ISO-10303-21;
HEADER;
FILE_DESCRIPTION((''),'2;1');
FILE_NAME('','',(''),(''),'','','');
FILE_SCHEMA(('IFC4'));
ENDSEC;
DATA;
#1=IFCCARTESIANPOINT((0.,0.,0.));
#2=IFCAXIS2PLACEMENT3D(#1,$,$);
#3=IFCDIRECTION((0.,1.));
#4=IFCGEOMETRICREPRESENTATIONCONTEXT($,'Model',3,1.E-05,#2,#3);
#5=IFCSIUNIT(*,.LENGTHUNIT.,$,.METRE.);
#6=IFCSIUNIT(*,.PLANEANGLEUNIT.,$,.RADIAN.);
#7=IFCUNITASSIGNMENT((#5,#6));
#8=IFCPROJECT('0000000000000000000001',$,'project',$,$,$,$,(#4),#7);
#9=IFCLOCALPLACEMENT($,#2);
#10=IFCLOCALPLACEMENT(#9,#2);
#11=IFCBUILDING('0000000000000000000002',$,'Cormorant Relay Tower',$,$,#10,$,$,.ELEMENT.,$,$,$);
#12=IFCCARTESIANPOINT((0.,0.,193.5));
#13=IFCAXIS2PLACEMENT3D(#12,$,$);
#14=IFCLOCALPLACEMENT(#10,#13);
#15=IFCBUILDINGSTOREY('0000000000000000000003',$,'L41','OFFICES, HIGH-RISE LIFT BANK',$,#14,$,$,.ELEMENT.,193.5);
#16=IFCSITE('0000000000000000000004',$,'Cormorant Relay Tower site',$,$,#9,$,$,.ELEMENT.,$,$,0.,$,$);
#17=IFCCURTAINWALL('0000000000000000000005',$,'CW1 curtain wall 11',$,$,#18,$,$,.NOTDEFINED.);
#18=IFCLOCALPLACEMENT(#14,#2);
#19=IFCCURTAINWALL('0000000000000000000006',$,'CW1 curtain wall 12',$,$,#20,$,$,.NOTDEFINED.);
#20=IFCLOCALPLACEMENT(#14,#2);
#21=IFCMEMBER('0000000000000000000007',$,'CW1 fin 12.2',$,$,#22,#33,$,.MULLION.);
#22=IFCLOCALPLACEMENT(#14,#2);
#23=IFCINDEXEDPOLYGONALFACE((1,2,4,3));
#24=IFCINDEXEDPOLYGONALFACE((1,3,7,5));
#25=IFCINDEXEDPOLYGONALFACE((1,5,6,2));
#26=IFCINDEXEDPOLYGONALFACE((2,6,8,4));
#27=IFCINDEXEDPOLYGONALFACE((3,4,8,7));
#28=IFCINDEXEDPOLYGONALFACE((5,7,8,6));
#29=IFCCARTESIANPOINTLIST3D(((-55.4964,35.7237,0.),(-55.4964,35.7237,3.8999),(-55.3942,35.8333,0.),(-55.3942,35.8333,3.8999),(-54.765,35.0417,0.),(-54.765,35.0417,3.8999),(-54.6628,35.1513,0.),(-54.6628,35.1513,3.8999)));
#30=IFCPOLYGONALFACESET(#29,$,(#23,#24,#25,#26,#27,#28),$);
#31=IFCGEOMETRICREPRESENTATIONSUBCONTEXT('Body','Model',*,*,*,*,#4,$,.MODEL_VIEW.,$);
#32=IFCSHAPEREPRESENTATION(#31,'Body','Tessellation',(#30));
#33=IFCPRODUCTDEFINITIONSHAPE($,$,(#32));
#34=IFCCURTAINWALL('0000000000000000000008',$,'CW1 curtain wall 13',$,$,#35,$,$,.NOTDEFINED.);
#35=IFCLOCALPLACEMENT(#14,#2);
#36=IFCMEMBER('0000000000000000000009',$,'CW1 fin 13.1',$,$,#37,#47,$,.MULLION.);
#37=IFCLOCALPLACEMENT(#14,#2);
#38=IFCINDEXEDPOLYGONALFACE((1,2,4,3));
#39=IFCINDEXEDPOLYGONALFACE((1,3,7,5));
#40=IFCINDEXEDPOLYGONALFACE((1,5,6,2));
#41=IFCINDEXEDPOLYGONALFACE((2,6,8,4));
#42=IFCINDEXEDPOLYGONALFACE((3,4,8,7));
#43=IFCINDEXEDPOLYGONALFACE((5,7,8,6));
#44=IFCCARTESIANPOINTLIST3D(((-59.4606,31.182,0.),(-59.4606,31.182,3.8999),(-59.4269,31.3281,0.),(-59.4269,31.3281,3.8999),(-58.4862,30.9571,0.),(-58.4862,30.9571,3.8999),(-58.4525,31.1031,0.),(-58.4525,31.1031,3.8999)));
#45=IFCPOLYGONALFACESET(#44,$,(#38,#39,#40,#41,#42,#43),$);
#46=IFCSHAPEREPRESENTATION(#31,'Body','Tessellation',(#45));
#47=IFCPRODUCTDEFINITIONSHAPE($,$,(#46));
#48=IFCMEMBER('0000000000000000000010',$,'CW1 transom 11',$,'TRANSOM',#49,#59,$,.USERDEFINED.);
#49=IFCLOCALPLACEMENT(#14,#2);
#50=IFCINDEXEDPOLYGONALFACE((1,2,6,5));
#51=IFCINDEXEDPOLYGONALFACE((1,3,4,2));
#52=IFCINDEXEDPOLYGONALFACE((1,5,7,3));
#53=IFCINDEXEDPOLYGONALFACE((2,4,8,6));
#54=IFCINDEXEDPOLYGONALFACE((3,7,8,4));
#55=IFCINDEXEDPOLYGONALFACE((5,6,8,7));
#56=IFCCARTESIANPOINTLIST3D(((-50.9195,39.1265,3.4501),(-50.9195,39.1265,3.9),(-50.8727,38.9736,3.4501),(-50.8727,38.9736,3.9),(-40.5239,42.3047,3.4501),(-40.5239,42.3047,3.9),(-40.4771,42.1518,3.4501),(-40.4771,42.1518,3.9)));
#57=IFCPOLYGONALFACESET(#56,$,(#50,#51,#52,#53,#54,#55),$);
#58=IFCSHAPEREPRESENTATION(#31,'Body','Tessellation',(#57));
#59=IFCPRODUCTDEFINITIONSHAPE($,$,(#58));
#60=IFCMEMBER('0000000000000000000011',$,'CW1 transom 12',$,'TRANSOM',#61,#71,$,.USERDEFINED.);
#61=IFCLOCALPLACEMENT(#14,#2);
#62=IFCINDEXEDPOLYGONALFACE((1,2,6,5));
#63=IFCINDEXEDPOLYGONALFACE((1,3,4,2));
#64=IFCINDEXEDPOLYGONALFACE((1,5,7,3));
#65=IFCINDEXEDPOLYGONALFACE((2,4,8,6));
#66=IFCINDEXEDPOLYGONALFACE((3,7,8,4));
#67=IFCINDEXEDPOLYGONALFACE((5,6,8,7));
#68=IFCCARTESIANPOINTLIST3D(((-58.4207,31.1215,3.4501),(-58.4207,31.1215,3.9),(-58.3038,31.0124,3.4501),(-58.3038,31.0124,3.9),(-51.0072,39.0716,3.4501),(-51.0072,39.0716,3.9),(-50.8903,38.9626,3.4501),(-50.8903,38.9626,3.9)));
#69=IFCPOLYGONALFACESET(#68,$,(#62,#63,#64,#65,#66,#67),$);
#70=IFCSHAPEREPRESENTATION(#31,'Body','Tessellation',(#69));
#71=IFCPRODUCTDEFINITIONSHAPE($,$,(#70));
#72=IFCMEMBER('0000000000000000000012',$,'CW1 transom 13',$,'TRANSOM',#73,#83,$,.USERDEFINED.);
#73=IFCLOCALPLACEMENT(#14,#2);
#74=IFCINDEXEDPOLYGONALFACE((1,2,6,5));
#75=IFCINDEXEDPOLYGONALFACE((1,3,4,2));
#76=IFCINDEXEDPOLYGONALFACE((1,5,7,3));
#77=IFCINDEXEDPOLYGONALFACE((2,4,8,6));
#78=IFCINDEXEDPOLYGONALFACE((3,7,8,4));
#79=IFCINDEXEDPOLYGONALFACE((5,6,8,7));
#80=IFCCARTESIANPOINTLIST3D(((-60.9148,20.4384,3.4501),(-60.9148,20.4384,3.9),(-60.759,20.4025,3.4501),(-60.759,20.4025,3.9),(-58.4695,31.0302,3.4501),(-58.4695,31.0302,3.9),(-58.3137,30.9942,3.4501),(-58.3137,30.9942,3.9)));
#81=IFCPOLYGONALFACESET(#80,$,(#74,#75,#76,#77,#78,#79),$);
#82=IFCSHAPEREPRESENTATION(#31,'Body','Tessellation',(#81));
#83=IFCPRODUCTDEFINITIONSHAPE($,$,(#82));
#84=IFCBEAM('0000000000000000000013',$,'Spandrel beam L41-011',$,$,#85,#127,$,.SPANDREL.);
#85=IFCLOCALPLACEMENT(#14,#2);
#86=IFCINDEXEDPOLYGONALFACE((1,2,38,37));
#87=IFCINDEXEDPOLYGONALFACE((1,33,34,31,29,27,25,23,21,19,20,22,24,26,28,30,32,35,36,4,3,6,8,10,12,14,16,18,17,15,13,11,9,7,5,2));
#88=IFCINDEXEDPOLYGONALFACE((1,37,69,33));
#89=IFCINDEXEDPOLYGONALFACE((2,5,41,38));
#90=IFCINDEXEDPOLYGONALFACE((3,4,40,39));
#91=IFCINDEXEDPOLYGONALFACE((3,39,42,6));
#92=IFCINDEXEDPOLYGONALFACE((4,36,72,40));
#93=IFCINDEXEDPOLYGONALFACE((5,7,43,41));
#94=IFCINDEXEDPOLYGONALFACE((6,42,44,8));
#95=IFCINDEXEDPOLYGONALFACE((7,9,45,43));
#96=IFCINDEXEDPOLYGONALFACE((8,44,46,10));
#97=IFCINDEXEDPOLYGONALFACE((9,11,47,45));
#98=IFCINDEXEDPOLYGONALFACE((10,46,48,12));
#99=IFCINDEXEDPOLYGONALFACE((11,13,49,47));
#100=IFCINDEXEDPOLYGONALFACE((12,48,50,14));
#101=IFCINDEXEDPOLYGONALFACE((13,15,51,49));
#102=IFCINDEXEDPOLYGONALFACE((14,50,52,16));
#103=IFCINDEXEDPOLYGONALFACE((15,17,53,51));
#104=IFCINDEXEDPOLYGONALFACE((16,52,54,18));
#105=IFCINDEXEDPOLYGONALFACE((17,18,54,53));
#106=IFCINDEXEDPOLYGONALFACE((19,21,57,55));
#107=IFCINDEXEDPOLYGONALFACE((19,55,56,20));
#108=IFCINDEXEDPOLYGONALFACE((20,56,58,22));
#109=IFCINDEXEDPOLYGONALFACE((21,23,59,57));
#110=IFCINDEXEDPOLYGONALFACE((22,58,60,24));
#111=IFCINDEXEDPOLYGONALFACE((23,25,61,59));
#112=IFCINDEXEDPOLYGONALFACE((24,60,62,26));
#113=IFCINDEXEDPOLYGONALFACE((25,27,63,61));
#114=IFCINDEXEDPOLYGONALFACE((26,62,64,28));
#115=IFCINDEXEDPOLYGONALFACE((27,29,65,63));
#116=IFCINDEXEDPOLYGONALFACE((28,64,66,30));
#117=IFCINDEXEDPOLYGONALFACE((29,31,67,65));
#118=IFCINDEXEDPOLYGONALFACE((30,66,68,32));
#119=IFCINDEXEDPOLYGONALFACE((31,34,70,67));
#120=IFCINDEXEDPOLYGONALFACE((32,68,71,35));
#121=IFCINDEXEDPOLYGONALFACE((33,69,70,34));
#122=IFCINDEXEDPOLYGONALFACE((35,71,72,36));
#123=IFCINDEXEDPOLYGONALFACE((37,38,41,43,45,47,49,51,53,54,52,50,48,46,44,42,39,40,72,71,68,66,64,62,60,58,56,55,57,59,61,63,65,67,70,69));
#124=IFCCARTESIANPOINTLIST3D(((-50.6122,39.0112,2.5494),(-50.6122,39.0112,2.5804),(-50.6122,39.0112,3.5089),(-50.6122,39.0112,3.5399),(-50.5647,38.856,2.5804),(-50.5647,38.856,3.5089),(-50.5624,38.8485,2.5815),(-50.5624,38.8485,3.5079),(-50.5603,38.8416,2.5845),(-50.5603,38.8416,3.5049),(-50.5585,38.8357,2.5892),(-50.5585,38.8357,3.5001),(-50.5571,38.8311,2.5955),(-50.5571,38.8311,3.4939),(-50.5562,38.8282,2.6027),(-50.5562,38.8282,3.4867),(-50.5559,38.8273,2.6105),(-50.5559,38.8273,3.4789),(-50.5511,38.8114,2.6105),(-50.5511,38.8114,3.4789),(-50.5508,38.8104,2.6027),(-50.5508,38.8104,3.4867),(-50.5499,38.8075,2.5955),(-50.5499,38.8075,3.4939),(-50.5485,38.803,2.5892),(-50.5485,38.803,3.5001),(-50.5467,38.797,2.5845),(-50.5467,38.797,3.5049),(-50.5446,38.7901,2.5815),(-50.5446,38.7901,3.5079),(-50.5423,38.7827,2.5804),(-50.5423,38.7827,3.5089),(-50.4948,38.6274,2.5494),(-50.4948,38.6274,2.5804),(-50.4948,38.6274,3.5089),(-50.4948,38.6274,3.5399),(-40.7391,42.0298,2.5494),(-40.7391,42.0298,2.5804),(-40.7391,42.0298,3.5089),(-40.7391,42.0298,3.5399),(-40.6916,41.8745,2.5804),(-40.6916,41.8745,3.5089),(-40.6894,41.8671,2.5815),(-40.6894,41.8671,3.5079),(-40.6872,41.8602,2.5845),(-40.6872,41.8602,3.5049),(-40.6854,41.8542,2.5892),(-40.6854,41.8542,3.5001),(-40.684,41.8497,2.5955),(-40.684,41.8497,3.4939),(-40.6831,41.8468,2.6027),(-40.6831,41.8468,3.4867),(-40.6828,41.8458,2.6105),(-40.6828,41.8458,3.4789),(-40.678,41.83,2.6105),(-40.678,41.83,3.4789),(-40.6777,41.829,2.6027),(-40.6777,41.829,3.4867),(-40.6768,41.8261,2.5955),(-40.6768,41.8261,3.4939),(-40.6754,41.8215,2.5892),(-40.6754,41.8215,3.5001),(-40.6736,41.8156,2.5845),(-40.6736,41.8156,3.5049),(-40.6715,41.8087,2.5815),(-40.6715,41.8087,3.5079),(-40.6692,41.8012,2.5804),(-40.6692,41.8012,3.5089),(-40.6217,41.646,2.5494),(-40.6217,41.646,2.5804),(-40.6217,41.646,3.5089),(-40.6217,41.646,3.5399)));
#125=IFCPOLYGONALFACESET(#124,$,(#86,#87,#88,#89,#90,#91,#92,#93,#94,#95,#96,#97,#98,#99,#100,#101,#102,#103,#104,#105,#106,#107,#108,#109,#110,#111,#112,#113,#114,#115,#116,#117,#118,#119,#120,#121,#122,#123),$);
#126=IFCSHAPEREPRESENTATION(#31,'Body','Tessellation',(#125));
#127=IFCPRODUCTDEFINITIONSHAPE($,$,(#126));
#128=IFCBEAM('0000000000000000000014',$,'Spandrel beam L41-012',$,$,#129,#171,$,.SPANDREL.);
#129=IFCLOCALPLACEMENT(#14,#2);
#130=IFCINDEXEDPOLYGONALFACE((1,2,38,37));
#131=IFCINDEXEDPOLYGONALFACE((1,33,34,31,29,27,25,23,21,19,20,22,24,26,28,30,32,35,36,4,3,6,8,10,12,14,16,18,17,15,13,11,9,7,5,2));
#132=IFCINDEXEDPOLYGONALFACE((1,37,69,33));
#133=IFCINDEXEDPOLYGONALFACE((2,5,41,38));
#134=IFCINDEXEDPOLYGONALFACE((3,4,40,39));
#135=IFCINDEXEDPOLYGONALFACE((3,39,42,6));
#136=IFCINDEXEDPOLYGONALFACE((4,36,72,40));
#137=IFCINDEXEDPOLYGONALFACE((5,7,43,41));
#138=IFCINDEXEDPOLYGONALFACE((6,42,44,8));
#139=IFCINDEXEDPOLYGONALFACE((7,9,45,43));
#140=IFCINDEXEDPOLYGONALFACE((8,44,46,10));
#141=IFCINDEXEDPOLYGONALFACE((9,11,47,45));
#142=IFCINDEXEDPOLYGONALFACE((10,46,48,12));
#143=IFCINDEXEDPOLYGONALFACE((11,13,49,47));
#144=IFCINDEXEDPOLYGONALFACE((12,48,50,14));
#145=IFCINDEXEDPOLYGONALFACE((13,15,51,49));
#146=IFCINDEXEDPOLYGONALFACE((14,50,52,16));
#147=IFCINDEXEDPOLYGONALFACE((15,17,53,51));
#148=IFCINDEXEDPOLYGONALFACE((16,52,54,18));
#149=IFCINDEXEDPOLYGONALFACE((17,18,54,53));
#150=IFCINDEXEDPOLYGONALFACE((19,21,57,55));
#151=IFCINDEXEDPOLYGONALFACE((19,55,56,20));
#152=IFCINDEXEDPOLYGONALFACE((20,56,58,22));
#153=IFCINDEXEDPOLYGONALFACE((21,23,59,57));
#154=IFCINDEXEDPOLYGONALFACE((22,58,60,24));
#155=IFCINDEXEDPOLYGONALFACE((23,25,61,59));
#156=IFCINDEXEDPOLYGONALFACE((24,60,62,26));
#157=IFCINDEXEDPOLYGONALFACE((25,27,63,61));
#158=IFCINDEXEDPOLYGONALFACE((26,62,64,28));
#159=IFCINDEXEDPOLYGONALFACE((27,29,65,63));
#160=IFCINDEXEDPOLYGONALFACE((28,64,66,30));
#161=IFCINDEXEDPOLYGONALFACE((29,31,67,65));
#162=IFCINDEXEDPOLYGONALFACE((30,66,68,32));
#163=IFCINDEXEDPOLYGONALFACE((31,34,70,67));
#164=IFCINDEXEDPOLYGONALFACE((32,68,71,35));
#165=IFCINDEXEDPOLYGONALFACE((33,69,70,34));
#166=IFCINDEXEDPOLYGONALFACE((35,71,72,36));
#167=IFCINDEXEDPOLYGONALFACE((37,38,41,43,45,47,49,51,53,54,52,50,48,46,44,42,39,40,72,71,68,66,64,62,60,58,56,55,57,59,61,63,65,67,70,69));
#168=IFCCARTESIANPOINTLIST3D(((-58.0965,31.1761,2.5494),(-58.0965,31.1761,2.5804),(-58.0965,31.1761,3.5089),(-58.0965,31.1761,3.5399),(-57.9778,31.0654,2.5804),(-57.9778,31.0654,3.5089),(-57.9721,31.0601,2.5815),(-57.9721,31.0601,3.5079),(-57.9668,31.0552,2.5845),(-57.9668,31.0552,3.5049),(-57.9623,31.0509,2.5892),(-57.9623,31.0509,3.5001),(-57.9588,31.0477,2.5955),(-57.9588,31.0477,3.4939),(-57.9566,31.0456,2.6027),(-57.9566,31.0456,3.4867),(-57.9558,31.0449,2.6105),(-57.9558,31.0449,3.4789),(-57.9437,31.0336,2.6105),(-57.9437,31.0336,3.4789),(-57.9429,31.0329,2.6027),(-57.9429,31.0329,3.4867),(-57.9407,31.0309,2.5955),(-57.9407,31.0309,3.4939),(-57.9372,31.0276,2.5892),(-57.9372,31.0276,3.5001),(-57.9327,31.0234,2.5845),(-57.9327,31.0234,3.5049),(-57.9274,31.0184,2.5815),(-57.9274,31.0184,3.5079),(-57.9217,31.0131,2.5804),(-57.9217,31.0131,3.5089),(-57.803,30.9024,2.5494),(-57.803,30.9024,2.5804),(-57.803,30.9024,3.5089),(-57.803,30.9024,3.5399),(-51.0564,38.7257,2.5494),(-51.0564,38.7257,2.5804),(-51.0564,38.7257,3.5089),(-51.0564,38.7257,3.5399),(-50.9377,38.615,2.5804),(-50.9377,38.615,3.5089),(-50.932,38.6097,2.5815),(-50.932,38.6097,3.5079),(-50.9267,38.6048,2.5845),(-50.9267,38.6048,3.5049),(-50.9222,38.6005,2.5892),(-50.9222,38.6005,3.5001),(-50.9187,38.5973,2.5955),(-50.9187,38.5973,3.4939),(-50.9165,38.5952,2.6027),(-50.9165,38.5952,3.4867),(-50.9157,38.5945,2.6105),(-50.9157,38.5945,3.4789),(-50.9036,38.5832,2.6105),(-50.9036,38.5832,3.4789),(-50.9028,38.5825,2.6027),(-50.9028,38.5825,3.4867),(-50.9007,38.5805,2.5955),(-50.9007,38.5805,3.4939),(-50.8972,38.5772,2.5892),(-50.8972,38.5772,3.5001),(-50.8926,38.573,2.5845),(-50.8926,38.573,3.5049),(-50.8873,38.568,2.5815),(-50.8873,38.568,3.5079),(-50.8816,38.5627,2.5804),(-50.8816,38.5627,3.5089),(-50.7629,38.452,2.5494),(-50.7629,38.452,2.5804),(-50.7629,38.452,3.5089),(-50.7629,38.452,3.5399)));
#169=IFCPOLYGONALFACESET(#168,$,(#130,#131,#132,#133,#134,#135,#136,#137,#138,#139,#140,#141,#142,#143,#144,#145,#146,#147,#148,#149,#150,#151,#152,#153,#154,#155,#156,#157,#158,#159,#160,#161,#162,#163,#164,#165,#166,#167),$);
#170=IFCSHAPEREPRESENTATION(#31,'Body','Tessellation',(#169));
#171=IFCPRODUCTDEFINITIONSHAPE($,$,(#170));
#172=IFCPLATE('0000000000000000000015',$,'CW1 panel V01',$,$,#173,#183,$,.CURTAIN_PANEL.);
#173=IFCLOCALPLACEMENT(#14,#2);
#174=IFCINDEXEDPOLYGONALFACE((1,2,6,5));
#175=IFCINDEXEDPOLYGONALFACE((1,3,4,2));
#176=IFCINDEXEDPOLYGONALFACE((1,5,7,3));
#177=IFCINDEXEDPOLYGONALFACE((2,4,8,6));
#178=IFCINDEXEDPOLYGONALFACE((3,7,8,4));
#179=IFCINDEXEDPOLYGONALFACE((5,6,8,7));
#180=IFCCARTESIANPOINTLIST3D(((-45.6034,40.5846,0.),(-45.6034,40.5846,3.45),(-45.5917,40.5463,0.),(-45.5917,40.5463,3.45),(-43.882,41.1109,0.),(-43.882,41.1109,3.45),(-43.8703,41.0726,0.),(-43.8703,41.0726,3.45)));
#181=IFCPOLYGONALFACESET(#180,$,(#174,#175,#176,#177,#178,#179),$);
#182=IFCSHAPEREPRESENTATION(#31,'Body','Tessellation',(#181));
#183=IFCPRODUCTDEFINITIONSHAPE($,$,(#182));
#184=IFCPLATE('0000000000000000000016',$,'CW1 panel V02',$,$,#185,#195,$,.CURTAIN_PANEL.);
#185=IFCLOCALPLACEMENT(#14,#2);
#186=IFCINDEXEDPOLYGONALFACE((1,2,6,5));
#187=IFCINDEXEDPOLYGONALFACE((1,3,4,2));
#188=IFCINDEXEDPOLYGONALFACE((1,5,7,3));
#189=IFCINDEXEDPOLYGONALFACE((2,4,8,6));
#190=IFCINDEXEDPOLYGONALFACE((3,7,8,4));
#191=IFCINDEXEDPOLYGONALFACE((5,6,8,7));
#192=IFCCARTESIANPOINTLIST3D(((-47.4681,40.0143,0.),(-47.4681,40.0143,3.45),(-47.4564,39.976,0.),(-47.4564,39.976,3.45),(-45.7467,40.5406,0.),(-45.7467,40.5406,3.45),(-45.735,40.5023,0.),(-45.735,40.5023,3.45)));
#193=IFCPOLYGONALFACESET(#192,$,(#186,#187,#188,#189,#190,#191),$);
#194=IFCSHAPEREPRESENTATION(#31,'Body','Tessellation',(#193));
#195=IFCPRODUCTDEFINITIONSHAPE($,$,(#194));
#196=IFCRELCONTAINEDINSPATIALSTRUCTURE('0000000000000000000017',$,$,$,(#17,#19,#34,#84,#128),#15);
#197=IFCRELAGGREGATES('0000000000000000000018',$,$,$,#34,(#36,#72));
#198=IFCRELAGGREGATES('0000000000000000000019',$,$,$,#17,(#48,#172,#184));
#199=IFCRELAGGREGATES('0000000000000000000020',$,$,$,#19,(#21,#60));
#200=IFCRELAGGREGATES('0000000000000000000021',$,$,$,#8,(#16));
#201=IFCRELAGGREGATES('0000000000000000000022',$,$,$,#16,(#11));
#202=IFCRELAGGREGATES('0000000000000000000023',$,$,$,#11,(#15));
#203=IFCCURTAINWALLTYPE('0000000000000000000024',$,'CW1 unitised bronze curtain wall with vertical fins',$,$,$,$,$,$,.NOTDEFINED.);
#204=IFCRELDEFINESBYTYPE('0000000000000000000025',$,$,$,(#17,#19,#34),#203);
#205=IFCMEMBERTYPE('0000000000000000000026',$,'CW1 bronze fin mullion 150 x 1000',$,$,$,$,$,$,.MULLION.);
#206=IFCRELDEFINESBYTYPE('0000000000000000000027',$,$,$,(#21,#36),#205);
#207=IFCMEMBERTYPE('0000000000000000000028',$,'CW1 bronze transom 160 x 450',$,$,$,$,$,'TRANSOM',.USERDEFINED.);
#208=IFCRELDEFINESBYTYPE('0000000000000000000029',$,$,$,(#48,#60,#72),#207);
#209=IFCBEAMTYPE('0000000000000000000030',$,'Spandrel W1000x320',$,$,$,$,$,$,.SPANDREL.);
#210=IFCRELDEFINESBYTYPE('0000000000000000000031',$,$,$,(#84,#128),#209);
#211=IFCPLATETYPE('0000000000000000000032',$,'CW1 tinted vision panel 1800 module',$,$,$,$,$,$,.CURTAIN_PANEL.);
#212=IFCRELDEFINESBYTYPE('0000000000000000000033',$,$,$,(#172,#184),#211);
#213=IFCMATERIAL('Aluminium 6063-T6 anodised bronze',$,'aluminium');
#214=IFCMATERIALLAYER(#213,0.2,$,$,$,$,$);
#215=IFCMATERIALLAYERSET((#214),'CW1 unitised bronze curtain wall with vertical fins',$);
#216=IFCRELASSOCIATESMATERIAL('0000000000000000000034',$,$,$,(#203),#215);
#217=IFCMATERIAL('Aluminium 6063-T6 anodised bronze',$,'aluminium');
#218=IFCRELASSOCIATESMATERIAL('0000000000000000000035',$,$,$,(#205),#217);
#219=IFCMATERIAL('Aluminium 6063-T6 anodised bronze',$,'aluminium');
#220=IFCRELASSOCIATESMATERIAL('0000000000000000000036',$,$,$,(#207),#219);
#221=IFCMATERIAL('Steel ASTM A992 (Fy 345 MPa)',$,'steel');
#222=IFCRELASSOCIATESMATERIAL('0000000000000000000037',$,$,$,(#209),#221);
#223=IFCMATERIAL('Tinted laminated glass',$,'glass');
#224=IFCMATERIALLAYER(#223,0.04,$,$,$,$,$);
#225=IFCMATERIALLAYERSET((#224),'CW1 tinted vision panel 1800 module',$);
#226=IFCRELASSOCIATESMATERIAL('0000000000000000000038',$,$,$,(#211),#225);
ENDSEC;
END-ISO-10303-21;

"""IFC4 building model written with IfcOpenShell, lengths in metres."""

from ifc_helpers import new_model, si_unit, direction, frame, origin, origin_2d, place, context, subcontext, project, spatial, rectangle, i_section, extrude, material, layer, layer_set, material_profile, profile_set, type_object, element, aggregate, save


model = new_model("IFC4")

# Units and contexts
model_context = context("Model", 3, precision=1e-05, world=origin(), true_north=direction((0.0, 1.0)))
body_context = subcontext(model_context, "Body", "Model", "MODEL_VIEW")
ifc_project = project(units=[si_unit("LENGTHUNIT", "METRE"), si_unit("PLANEANGLEUNIT", "RADIAN")], contexts=[model_context])

# Site, building, storey
site_placement = place(None, origin())
site = spatial("IfcSite", under=ifc_project, at=site_placement, Name="Cormorant Relay Tower site", CompositionType="ELEMENT", RefElevation=0.0)
building_placement = place(site_placement, origin())
building = spatial("IfcBuilding", under=site, at=building_placement, Name="Cormorant Relay Tower", CompositionType="ELEMENT")
storey_placement = place(building_placement, frame((0.0, 0.0, 193.5)))
storey = spatial("IfcBuildingStorey", under=building, at=storey_placement, Name="L41", Description="OFFICES, HIGH-RISE LIFT BANK", CompositionType="ELEMENT", Elevation=193.5)

# Shared definitions
ifc_material_1 = material(Name="Aluminium 6063-T6 anodised bronze", Category="aluminium")
ifc_layer_1 = layer(ifc_material_1, 0.2)
ifc_layer_set_1 = layer_set([ifc_layer_1], Name="CW1 unitised bronze curtain wall with vertical fins")
curtain_wall_type = type_object("IfcCurtainWallType", Name="CW1 unitised bronze curtain wall with vertical fins", PredefinedType="NOTDEFINED", material=ifc_layer_set_1)
ifc_material_2 = material(Name="Aluminium 6063-T6 anodised bronze", Category="aluminium")
ifc_material_profile_1 = material_profile(ifc_material_2, rectangle(XDim=0.1499, YDim=1.0, at=origin_2d()), Name="AL 150x1000")
ifc_profile_set_1 = profile_set([ifc_material_profile_1], Name="Aluminium 6063-T6 anodised bronze")
member_type_1 = type_object("IfcMemberType", Name="CW1 bronze fin mullion 150 x 1000", PredefinedType="MULLION", material=ifc_profile_set_1)

# Curtain walls, member
curtain_wall_1_placement = place(storey_placement, origin())
curtain_wall_1 = element("IfcCurtainWall", 1, at=curtain_wall_1_placement, inside=storey, type_object=curtain_wall_type, Name="CW1 curtain wall 11", PredefinedType="NOTDEFINED")
curtain_wall_2_placement = place(storey_placement, origin())
curtain_wall_2 = element("IfcCurtainWall", 2, at=curtain_wall_2_placement, inside=storey, type_object=curtain_wall_type, Name="CW1 curtain wall 12", PredefinedType="NOTDEFINED")
member_1_placement = place(storey_placement, frame((-55.0796, 35.4375, 0.0), z_axis=(0.0, 0.0, 1.0), x_axis=(-0.681998, -0.731354, 0.0)))
member_1 = element("IfcMember", 3, at=member_1_placement, type_object=member_type_1, Name="CW1 fin 12.2", PredefinedType="MULLION", context=body_context, shape_type="SweptSolid", body=[
    extrude(rectangle(XDim=0.1499, YDim=1.0, at=origin_2d()), origin(), (0.0, 0.0, 1.0), 3.8999),
])

# Curtain wall, member
curtain_wall_3_placement = place(storey_placement, origin())
curtain_wall_3 = element("IfcCurtainWall", 4, at=curtain_wall_3_placement, inside=storey, type_object=curtain_wall_type, Name="CW1 curtain wall 13", PredefinedType="NOTDEFINED")
member_2_placement = place(storey_placement, frame((-58.9565, 31.1426, 0.0), z_axis=(0.0, 0.0, 1.0), x_axis=(-0.224951, -0.97437, 0.0)))
member_2 = element("IfcMember", 5, at=member_2_placement, type_object=member_type_1, Name="CW1 fin 13.1", PredefinedType="MULLION", context=body_context, shape_type="SweptSolid", body=[
    extrude(rectangle(XDim=0.1499, YDim=1.0, at=origin_2d()), origin(), (0.0, 0.0, 1.0), 3.8999),
])

# Members
ifc_material_3 = material(Name="Aluminium 6063-T6 anodised bronze", Category="aluminium")
ifc_material_profile_2 = material_profile(ifc_material_3, rectangle(XDim=0.1599, YDim=0.45, at=origin_2d()), Name="AL 160x450")
ifc_profile_set_2 = profile_set([ifc_material_profile_2], Name="Aluminium 6063-T6 anodised bronze")
member_type_2 = type_object("IfcMemberType", Name="CW1 bronze transom 160 x 450", ElementType="TRANSOM", PredefinedType="USERDEFINED", material=ifc_profile_set_2)
member_3_placement = place(storey_placement, frame((-40.5005, 42.2283, 3.675), z_axis=(-0.956305, -0.292371, 0.0), x_axis=(0.292371, -0.956305, 0.0)))
member_3 = element("IfcMember", 6, at=member_3_placement, type_object=member_type_2, Name="CW1 transom 11", ObjectType="TRANSOM", PredefinedType="USERDEFINED", context=body_context, shape_type="SweptSolid", body=[
    extrude(rectangle(XDim=0.1599, YDim=0.45, at=origin_2d()), origin(), (0.0, 0.0, 1.0), 10.8706),
])
member_4_placement = place(storey_placement, frame((-50.9487, 39.0171, 3.675), z_axis=(-0.681993, -0.731358, 0.0), x_axis=(0.731358, -0.681993, 0.0)))
member_4 = element("IfcMember", 7, at=member_4_placement, type_object=member_type_2, Name="CW1 transom 12", ObjectType="TRANSOM", PredefinedType="USERDEFINED", context=body_context, shape_type="SweptSolid", body=[
    extrude(rectangle(XDim=0.1599, YDim=0.45, at=origin_2d()), origin(), (0.0, 0.0, 1.0), 10.8704),
])
member_5_placement = place(storey_placement, frame((-58.3916, 31.0122, 3.675), z_axis=(-0.224951, -0.97437, 0.0), x_axis=(0.97437, -0.224951, 0.0)))
member_5 = element("IfcMember", 8, at=member_5_placement, type_object=member_type_2, Name="CW1 transom 13", ObjectType="TRANSOM", PredefinedType="USERDEFINED", context=body_context, shape_type="SweptSolid", body=[
    extrude(rectangle(XDim=0.1599, YDim=0.45, at=origin_2d()), origin(), (0.0, 0.0, 1.0), 10.8704),
])
aggregate(curtain_wall_3, [member_2, member_5])

# Beams
ifc_material_4 = material(Name="Steel ASTM A992 (Fy 345 MPa)", Category="steel")
ifc_material_profile_3 = material_profile(ifc_material_4, i_section(OverallWidth=0.4014, OverallDepth=0.9905, WebThickness=0.0166, FlangeThickness=0.031, FilletRadius=0.03, at=origin_2d()), Name="W1000x320")
ifc_profile_set_3 = profile_set([ifc_material_profile_3], Name="Steel ASTM A992 (Fy 345 MPa)")
beam_type = type_object("IfcBeamType", Name="Spandrel W1000x320", PredefinedType="SPANDREL", material=ifc_profile_set_3)
beam_1_placement = place(storey_placement, frame((-40.6804, 41.8379, 3.0447), z_axis=(-0.956303, -0.292377, 0.0), x_axis=(0.292377, -0.956303, 0.0)))
element("IfcBeam", 9, at=beam_1_placement, inside=storey, type_object=beam_type, Name="Spandrel beam L41-011", PredefinedType="SPANDREL", context=body_context, shape_type="SweptSolid", body=[
    extrude(i_section(OverallWidth=0.4014, OverallDepth=0.9905, WebThickness=0.0166, FlangeThickness=0.031, FilletRadius=0.03, at=origin_2d()), origin(), (0.0, 0.0, 1.0), 10.3242),
])
beam_2_placement = place(storey_placement, frame((-50.9097, 38.5889, 3.0447), z_axis=(-0.681996, -0.731356, 0.0), x_axis=(0.731356, -0.681996, 0.0)))
element("IfcBeam", 10, at=beam_2_placement, inside=storey, type_object=beam_type, Name="Spandrel beam L41-012", PredefinedType="SPANDREL", context=body_context, shape_type="SweptSolid", body=[
    extrude(i_section(OverallWidth=0.4014, OverallDepth=0.9905, WebThickness=0.0166, FlangeThickness=0.031, FilletRadius=0.03, at=origin_2d()), origin(), (0.0, 0.0, 1.0), 10.3228),
])

# Plates
ifc_material_5 = material(Name="Tinted laminated glass", Category="glass")
ifc_layer_2 = layer(ifc_material_5, 0.04)
ifc_layer_set_2 = layer_set([ifc_layer_2], Name="CW1 tinted vision panel 1800 module")
plate_type_1 = type_object("IfcPlateType", Name="CW1 tinted vision panel 1800 module", PredefinedType="CURTAIN_PANEL", material=ifc_layer_set_2)
plate_1_placement = place(storey_placement, frame((-44.7368, 40.8286, 0.0), z_axis=(0.0, 0.0, 1.0), x_axis=(-0.956305, -0.292372, 0.0)))
plate_1 = element("IfcPlate", 11, at=plate_1_placement, type_object=plate_type_1, Name="CW1 panel V01", PredefinedType="CURTAIN_PANEL", context=body_context, shape_type="SweptSolid", body=[
    extrude(rectangle(XDim=1.8, YDim=0.04, at=origin_2d()), origin(), (0.0, 0.0, 1.0), 3.45),
])
plate_2_placement = place(storey_placement, frame((-46.6016, 40.2583, 0.0), z_axis=(0.0, 0.0, 1.0), x_axis=(-0.956305, -0.292372, 0.0)))
plate_2 = element("IfcPlate", 12, at=plate_2_placement, type_object=plate_type_1, Name="CW1 panel V02", PredefinedType="CURTAIN_PANEL", context=body_context, shape_type="SweptSolid", body=[
    extrude(rectangle(XDim=1.8, YDim=0.04, at=origin_2d()), origin(), (0.0, 0.0, 1.0), 3.45),
])

aggregate(curtain_wall_1, [member_3, plate_1, plate_2])
aggregate(curtain_wall_2, [member_1, member_4])

save(model, "model.ifc")
